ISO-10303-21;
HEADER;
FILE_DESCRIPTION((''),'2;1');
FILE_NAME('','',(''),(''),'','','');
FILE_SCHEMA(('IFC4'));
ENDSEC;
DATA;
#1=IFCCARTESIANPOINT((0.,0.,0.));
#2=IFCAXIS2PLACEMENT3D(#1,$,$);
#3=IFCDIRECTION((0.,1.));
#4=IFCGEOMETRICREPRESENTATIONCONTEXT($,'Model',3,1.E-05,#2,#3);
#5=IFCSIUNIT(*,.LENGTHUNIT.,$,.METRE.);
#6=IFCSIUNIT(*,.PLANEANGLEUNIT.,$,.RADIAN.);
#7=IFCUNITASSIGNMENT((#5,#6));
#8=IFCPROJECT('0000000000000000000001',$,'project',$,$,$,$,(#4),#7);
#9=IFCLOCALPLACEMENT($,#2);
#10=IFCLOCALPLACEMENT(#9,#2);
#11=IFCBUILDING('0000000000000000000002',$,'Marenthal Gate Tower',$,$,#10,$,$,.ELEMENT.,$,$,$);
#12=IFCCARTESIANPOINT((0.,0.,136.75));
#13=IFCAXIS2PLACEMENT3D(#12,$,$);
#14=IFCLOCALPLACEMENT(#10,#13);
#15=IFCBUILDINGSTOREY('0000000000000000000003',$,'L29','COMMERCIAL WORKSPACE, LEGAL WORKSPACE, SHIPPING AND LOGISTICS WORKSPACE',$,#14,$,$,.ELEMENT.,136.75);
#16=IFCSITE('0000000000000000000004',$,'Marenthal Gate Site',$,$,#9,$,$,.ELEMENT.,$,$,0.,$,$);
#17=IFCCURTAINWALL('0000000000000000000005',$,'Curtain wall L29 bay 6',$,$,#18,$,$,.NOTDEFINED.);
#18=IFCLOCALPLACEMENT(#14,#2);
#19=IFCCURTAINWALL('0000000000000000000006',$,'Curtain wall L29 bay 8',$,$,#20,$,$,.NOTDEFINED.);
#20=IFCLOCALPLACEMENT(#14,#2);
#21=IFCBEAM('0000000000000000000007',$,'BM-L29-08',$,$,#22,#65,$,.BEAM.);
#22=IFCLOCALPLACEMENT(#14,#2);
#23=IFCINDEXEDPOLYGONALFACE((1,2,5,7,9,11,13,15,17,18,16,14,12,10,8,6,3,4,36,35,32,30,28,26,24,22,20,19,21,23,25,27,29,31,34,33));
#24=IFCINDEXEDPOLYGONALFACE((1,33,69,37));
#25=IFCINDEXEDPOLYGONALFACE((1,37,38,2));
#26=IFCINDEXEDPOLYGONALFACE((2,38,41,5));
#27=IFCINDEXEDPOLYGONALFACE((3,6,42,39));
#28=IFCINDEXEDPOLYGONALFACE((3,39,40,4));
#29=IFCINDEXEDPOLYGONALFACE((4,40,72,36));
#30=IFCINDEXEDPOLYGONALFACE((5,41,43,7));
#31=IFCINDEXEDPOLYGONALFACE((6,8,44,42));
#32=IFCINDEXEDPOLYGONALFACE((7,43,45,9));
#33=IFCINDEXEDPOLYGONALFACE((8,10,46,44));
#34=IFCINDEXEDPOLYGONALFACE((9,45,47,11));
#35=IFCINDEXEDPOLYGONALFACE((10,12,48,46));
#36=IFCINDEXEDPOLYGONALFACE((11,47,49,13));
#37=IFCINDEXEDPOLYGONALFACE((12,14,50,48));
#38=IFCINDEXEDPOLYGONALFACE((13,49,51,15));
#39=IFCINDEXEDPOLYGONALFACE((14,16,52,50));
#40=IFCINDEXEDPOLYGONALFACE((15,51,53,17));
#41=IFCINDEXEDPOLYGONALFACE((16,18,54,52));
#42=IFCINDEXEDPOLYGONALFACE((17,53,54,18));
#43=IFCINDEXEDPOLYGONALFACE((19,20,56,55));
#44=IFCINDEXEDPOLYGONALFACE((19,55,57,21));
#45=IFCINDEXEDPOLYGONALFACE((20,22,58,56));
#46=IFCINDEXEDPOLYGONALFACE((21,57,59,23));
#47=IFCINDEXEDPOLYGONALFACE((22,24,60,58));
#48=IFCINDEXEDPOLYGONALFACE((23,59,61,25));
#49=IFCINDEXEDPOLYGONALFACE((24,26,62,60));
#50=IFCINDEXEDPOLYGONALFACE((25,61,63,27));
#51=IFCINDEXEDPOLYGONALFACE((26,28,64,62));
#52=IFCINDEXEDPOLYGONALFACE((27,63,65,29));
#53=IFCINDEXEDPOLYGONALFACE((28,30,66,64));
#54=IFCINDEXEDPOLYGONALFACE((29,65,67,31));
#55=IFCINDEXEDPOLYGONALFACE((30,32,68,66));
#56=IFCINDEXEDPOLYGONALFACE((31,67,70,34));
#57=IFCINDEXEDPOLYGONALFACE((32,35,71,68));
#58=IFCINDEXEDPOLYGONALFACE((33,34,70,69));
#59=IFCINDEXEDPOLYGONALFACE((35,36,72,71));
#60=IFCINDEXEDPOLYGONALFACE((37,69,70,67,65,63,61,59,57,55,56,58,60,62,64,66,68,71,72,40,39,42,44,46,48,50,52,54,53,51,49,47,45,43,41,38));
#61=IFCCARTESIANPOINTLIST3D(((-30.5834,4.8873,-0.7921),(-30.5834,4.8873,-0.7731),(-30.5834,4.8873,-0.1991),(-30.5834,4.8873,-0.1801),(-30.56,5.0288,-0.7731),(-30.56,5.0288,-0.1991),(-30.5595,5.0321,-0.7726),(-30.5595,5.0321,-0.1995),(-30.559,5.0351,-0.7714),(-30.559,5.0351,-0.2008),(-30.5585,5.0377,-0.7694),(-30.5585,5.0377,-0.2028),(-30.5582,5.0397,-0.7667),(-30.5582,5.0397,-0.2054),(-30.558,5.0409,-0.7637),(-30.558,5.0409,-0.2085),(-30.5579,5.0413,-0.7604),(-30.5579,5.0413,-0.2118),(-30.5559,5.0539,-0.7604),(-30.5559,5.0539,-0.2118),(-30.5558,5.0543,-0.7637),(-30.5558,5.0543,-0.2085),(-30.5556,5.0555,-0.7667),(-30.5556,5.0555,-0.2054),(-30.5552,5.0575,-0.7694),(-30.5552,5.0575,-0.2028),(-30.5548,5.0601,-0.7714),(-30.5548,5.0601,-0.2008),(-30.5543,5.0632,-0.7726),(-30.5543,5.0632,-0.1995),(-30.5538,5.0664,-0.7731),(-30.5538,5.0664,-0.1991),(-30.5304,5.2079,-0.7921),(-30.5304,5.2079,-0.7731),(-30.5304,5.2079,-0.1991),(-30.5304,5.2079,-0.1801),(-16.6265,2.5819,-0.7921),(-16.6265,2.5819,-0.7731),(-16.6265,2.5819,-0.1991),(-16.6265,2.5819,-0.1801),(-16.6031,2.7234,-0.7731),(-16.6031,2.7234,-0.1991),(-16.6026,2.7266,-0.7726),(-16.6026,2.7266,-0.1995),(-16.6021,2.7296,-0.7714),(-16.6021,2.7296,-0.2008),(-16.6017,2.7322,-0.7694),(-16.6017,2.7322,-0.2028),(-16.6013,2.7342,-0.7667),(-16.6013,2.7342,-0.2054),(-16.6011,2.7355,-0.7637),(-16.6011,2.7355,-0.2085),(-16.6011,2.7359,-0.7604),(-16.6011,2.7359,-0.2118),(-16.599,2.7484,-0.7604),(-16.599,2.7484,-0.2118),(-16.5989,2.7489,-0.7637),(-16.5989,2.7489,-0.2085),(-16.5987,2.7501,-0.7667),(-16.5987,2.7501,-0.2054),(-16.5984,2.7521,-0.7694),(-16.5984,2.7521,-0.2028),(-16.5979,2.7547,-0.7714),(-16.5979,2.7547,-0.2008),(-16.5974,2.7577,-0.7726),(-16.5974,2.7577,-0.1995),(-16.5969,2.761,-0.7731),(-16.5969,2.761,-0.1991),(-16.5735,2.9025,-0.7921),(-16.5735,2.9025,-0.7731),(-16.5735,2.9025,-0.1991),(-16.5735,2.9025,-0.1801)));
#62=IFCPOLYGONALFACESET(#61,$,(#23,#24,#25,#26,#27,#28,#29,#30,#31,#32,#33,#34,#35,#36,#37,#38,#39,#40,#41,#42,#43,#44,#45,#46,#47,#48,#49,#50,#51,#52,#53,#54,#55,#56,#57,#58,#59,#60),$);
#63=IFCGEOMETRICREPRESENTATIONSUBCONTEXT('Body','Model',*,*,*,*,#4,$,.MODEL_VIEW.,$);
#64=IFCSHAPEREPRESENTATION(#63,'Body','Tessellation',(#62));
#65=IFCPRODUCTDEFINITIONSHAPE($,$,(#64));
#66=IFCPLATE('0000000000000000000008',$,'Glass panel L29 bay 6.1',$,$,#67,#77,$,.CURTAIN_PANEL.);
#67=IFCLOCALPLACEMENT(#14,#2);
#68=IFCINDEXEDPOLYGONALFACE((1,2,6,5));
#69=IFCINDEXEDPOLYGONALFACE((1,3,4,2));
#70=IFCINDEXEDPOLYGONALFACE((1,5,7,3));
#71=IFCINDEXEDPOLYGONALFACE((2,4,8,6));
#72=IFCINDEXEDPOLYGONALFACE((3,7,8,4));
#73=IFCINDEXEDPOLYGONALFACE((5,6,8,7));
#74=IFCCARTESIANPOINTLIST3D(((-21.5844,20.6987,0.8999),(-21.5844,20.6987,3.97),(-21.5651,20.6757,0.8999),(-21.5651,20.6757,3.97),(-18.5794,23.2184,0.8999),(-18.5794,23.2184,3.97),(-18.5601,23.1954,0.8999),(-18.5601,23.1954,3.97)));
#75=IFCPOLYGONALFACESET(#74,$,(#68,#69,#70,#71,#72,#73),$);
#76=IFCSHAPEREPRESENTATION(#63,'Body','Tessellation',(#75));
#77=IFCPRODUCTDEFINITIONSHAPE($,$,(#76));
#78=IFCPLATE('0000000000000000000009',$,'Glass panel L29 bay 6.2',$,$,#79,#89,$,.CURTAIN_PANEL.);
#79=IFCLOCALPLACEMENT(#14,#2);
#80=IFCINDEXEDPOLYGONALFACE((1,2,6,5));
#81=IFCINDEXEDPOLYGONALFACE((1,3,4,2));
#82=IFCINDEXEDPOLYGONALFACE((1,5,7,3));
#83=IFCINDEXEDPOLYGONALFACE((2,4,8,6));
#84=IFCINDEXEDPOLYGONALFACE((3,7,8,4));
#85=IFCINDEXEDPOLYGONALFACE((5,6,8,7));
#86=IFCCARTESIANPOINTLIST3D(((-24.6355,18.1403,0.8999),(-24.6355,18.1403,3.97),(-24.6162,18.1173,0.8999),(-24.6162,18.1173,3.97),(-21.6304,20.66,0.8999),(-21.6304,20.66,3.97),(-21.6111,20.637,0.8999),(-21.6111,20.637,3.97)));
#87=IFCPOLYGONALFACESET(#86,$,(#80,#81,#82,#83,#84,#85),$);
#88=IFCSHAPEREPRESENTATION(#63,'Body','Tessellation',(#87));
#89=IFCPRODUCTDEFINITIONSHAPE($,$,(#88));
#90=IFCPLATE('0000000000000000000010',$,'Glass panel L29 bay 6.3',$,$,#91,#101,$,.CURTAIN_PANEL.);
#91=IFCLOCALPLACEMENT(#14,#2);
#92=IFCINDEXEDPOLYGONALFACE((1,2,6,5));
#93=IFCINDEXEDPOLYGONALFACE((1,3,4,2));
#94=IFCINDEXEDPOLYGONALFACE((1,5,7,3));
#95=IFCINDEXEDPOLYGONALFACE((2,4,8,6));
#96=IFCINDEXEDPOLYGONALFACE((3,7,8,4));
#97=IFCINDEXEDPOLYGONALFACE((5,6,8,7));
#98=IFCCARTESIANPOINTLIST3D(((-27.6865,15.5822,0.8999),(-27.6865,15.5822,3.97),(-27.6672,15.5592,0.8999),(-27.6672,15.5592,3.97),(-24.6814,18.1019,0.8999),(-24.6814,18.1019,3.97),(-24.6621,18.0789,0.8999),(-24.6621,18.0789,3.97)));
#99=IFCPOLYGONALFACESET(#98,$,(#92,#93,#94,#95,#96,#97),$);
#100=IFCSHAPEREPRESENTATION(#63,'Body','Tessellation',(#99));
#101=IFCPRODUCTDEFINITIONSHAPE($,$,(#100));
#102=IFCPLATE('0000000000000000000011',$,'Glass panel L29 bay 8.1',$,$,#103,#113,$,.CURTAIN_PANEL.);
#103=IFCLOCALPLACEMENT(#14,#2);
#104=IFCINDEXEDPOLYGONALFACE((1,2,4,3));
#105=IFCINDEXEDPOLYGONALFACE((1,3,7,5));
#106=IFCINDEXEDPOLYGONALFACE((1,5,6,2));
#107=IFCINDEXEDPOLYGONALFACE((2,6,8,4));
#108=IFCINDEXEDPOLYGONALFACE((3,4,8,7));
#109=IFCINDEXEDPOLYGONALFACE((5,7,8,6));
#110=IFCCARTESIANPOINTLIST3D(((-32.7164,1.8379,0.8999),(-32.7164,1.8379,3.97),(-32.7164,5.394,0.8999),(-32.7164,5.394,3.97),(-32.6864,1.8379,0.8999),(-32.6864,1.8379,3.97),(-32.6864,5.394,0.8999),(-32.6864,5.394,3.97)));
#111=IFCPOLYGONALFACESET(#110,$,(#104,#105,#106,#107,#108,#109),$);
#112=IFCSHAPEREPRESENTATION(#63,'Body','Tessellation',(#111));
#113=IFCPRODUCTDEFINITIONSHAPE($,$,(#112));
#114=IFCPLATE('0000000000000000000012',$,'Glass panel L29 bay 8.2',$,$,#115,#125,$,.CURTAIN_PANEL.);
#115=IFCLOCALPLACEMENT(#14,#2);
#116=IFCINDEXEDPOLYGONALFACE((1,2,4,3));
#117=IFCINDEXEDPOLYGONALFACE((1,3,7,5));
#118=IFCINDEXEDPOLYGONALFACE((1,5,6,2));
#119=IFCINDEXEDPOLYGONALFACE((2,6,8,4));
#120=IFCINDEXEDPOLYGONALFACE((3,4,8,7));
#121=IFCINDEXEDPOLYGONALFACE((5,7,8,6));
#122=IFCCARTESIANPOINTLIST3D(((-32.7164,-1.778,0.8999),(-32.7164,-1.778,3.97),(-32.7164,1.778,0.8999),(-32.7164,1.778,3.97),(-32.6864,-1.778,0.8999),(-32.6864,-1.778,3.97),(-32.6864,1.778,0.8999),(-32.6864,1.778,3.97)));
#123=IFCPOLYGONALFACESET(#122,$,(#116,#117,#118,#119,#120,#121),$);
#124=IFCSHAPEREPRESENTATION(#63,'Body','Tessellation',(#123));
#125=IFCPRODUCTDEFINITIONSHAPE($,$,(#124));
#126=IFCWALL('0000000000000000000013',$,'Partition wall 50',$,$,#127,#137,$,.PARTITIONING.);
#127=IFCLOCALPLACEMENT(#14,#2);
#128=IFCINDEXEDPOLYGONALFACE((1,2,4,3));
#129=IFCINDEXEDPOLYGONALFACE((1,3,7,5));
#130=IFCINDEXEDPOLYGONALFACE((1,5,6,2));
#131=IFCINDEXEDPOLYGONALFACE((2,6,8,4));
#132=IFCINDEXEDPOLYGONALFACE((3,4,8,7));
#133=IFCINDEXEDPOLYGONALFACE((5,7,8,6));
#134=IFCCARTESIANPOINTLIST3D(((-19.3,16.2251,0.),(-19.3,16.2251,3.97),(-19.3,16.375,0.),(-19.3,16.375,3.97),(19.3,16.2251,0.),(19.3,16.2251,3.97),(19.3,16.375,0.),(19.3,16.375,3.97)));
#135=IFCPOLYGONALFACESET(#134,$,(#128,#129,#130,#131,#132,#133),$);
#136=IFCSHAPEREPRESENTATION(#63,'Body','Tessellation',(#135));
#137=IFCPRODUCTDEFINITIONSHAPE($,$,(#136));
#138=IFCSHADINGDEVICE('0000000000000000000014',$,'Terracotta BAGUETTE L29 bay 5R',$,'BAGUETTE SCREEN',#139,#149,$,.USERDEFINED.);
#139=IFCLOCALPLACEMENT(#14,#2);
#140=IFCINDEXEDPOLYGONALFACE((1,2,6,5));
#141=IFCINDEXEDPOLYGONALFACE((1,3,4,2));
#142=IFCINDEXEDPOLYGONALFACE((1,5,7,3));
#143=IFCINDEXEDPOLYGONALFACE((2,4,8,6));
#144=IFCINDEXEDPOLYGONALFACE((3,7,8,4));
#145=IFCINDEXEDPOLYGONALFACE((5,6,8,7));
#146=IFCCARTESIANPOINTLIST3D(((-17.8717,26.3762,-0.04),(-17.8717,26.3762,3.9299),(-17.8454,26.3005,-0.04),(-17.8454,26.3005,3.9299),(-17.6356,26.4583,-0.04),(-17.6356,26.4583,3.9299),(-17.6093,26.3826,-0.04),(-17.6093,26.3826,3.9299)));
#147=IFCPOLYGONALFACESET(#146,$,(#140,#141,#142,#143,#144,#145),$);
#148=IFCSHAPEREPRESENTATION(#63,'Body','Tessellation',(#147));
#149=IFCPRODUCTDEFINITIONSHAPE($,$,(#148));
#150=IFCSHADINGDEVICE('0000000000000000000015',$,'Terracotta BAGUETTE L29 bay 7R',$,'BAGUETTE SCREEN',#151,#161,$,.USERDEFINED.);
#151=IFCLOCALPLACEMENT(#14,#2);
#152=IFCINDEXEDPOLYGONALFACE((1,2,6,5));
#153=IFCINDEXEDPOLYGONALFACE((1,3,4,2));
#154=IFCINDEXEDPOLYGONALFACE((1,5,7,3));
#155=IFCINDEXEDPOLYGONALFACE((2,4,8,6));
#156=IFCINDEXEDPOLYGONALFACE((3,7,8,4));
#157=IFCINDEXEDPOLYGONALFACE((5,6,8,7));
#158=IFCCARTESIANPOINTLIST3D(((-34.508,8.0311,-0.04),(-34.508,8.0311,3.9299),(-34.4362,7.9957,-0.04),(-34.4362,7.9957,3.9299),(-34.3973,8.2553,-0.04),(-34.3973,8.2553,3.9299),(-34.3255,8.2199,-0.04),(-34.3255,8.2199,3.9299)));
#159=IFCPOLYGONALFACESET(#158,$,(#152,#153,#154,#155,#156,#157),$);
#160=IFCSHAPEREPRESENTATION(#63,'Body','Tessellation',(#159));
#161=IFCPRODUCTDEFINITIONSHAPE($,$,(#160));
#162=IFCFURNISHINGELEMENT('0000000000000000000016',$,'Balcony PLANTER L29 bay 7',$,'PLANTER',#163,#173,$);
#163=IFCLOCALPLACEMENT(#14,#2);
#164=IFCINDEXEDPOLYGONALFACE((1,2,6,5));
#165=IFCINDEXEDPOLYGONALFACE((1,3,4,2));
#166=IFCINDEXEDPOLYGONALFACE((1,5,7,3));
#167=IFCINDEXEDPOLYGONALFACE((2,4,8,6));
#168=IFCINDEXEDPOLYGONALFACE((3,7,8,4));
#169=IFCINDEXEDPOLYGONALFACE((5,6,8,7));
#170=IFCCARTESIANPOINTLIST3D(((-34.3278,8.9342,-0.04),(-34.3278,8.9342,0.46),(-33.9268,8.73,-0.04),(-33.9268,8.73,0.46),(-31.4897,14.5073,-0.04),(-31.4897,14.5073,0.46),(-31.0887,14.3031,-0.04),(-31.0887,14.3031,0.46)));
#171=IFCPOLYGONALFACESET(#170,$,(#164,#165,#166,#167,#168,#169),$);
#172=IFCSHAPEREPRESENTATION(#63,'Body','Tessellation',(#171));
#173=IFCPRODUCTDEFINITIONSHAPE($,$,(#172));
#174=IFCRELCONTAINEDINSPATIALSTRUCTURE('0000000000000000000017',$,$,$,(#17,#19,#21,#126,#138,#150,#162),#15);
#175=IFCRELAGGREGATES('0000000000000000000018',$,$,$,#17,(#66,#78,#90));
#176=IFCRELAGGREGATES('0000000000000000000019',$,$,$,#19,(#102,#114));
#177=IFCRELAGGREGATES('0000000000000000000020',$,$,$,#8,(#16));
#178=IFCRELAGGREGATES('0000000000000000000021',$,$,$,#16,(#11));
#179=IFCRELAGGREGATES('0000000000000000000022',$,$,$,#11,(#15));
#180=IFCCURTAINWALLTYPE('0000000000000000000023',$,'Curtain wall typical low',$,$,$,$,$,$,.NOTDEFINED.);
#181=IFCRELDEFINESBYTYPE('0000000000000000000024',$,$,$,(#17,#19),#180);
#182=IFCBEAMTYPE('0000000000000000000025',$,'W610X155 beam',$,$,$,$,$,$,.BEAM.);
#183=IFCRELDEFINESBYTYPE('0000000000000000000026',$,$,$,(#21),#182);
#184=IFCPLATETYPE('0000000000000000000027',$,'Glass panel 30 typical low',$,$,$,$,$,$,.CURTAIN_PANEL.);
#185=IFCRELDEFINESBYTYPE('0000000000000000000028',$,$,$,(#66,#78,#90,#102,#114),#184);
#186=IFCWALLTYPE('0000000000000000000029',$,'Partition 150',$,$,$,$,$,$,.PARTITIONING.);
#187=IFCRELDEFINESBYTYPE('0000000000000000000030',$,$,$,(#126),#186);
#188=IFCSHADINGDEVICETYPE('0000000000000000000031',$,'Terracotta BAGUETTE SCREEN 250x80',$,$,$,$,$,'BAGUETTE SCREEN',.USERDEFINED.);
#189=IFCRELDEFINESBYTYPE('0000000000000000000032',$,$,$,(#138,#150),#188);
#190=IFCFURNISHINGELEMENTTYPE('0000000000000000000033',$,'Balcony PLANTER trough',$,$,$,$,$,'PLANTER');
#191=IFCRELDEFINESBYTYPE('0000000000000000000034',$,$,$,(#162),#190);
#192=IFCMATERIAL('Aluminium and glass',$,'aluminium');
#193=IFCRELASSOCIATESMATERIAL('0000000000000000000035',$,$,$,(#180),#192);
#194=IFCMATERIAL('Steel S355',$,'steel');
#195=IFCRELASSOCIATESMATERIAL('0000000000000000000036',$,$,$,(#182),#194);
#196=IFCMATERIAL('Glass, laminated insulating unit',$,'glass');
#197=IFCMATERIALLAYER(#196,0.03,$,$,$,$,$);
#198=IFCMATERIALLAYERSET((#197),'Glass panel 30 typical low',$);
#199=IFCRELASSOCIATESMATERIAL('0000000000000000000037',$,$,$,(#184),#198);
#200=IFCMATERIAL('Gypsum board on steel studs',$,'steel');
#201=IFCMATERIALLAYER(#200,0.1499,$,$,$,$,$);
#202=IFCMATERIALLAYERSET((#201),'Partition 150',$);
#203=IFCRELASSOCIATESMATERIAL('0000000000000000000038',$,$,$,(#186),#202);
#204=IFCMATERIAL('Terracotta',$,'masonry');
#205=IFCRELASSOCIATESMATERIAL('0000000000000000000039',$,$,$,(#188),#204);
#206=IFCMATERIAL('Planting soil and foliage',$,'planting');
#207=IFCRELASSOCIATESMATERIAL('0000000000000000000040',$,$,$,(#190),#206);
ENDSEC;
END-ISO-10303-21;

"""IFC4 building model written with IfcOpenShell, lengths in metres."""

from ifc_helpers import new_model, si_unit, direction, frame, frame_2d, origin, origin_2d, place, context, subcontext, project, spatial, rectangle, i_section, extrude, material, layer, layer_set, material_profile, profile_set, type_object, element, aggregate, save


model = new_model("IFC4")

# Units and contexts
model_context = context("Model", 3, precision=1e-05, world=origin(), true_north=direction((0.0, 1.0)))
body_context = subcontext(model_context, "Body", "Model", "MODEL_VIEW")
ifc_project = project(units=[si_unit("LENGTHUNIT", "METRE"), si_unit("PLANEANGLEUNIT", "RADIAN")], contexts=[model_context])

# Site, building, storey
site_placement = place(None, origin())
site = spatial("IfcSite", under=ifc_project, at=site_placement, Name="Marenthal Gate Site", CompositionType="ELEMENT", RefElevation=0.0)
building_placement = place(site_placement, origin())
building = spatial("IfcBuilding", under=site, at=building_placement, Name="Marenthal Gate Tower", CompositionType="ELEMENT")
storey_placement = place(building_placement, frame((0.0, 0.0, 136.75)))
storey = spatial("IfcBuildingStorey", under=building, at=storey_placement, Name="L29", Description="COMMERCIAL WORKSPACE, LEGAL WORKSPACE, SHIPPING AND LOGISTICS WORKSPACE", CompositionType="ELEMENT", Elevation=136.75)

# Curtain walls
ifc_material_1 = material(Name="Aluminium and glass", Category="aluminium")
curtain_wall_type = type_object("IfcCurtainWallType", Name="Curtain wall typical low", PredefinedType="NOTDEFINED", material=ifc_material_1)
curtain_wall_1_placement = place(storey_placement, origin())
curtain_wall_1 = element("IfcCurtainWall", 1, at=curtain_wall_1_placement, inside=storey, type_object=curtain_wall_type, Name="Curtain wall L29 bay 6", PredefinedType="NOTDEFINED")
curtain_wall_2_placement = place(storey_placement, origin())
curtain_wall_2 = element("IfcCurtainWall", 2, at=curtain_wall_2_placement, inside=storey, type_object=curtain_wall_type, Name="Curtain wall L29 bay 8", PredefinedType="NOTDEFINED")

# Beam
ifc_material_2 = material(Name="Steel S355", Category="steel")
ifc_material_profile_1 = material_profile(ifc_material_2, i_section(OverallWidth=0.325, OverallDepth=0.6121, WebThickness=0.0127, FlangeThickness=0.019, FilletRadius=0.0127, at=origin_2d()), Name="W610X155")
ifc_profile_set_1 = profile_set([ifc_material_profile_1], Name="Steel S355")
beam_type_1 = type_object("IfcBeamType", Name="W610X155 beam", PredefinedType="BEAM", material=ifc_profile_set_1)
beam_1_placement = place(storey_placement, frame((-30.5569, 5.0476, -0.4861), z_axis=(0.98663, -0.162974, 0.0), x_axis=(0.162974, 0.98663, 0.0)))
element("IfcBeam", 3, at=beam_1_placement, inside=storey, type_object=beam_type_1, Name="BM-L29-08", PredefinedType="BEAM", context=body_context, shape_type="SweptSolid", body=[
    extrude(i_section(OverallWidth=0.325, OverallDepth=0.6121, WebThickness=0.0127, FlangeThickness=0.019, FilletRadius=0.0127, at=origin_2d()), origin(), (0.0, 0.0, 1.0), 14.146),
])

# Plates
ifc_material_3 = material(Name="Glass, laminated insulating unit", Category="glass")
ifc_layer_1 = layer(ifc_material_3, 0.03)
ifc_layer_set_1 = layer_set([ifc_layer_1], Name="Glass panel 30 typical low")
plate_type = type_object("IfcPlateType", Name="Glass panel 30 typical low", PredefinedType="CURTAIN_PANEL", material=ifc_layer_set_1)
plate_1_placement = place(storey_placement, frame((-20.0723, 21.947, 0.8999), z_axis=(0.0, 0.0, 1.0), x_axis=(-0.766277, -0.642511, 0.0)))
plate_1 = element("IfcPlate", 4, at=plate_1_placement, type_object=plate_type, Name="Glass panel L29 bay 6.1", PredefinedType="CURTAIN_PANEL", context=body_context, shape_type="SweptSolid", body=[
    extrude(rectangle(XDim=3.9216, YDim=0.03, at=origin_2d()), origin(), (0.0, 0.0, 1.0), 3.0701),
])
plate_2_placement = place(storey_placement, frame((-23.1233, 19.3887, 0.8999), z_axis=(0.0, 0.0, 1.0), x_axis=(-0.766277, -0.642511, 0.0)))
plate_2 = element("IfcPlate", 5, at=plate_2_placement, type_object=plate_type, Name="Glass panel L29 bay 6.2", PredefinedType="CURTAIN_PANEL", context=body_context, shape_type="SweptSolid", body=[
    extrude(rectangle(XDim=3.9216, YDim=0.03, at=origin_2d()), origin(), (0.0, 0.0, 1.0), 3.0701),
])
plate_3_placement = place(storey_placement, frame((-26.1743, 16.8306, 0.8999), z_axis=(0.0, 0.0, 1.0), x_axis=(-0.766277, -0.642511, 0.0)))
plate_3 = element("IfcPlate", 6, at=plate_3_placement, type_object=plate_type, Name="Glass panel L29 bay 6.3", PredefinedType="CURTAIN_PANEL", context=body_context, shape_type="SweptSolid", body=[
    extrude(rectangle(XDim=3.9216, YDim=0.03, at=origin_2d()), origin(), (0.0, 0.0, 1.0), 3.0701),
])
aggregate(curtain_wall_1, [plate_1, plate_2, plate_3])
plate_4_placement = place(storey_placement, frame((-32.7014, 3.616, 0.8999), z_axis=(0.0, 0.0, 1.0), x_axis=(0.0, -1.0, 0.0)))
plate_4 = element("IfcPlate", 7, at=plate_4_placement, type_object=plate_type, Name="Glass panel L29 bay 8.1", PredefinedType="CURTAIN_PANEL", context=body_context, shape_type="SweptSolid", body=[
    extrude(rectangle(XDim=3.5562, YDim=0.03, at=origin_2d()), origin(), (0.0, 0.0, 1.0), 3.0701),
])
plate_5_placement = place(storey_placement, frame((-32.7014, 0.0, 0.8999), z_axis=(0.0, 0.0, 1.0), x_axis=(0.0, -1.0, 0.0)))
plate_5 = element("IfcPlate", 8, at=plate_5_placement, type_object=plate_type, Name="Glass panel L29 bay 8.2", PredefinedType="CURTAIN_PANEL", context=body_context, shape_type="SweptSolid", body=[
    extrude(rectangle(XDim=3.5559, YDim=0.03, at=origin_2d()), origin(), (0.0, 0.0, 1.0), 3.0701),
])
aggregate(curtain_wall_2, [plate_4, plate_5])

# Wall
ifc_material_4 = material(Name="Gypsum board on steel studs", Category="steel")
ifc_layer_2 = layer(ifc_material_4, 0.1499)
ifc_layer_set_2 = layer_set([ifc_layer_2], Name="Partition 150")
wall_type_1 = type_object("IfcWallType", Name="Partition 150", PredefinedType="PARTITIONING", material=ifc_layer_set_2)
wall_1_placement = place(storey_placement, frame((-19.3, 16.3, 0.0), z_axis=(0.0, 0.0, 1.0), x_axis=(1.0, 0.0, 0.0)))
element("IfcWall", 9, at=wall_1_placement, inside=storey, type_object=wall_type_1, Name="Partition wall 50", PredefinedType="PARTITIONING", context=body_context, shape_type="SweptSolid", body=[
    extrude(rectangle(XDim=38.6001, YDim=0.1499, at=frame_2d((19.3, 0.0))), origin(), (0.0, 0.0, 1.0), 3.97),
])

# Shading devices
ifc_material_5 = material(Name="Terracotta", Category="masonry")
ifc_material_profile_2 = material_profile(ifc_material_5, rectangle(XDim=0.25, YDim=0.0801, at=origin_2d()), Name="Terracotta baguette 250x80")
ifc_profile_set_2 = profile_set([ifc_material_profile_2], Name="Terracotta")
shading_device_type = type_object("IfcShadingDeviceType", Name="Terracotta BAGUETTE SCREEN 250x80", ElementType="BAGUETTE SCREEN", PredefinedType="USERDEFINED", material=ifc_profile_set_2)
for number, where, z_axis, x_axis, name in (
    (10, (-17.7405, 26.3794, -0.04), (0.0, 0.0, 1.0), (-0.944552, -0.328363, 0.0), "Terracotta BAGUETTE L29 bay 5R"),
    (11, (-34.4167, 8.1255, -0.04), (0.0, 0.0, 1.0), (-0.442572, -0.896733, 0.0), "Terracotta BAGUETTE L29 bay 7R"),
):
    element("IfcShadingDevice", number, at=place(storey_placement, frame(where, z_axis=z_axis, x_axis=x_axis)), inside=storey, type_object=shading_device_type, Name=name, ObjectType="BAGUETTE SCREEN", PredefinedType="USERDEFINED", context=body_context, shape_type="SweptSolid", body=[
        extrude(rectangle(XDim=0.25, YDim=0.0801, at=origin_2d()), origin(), (0.0, 0.0, 1.0), 3.97),
    ])

# Furnishing element
ifc_material_6 = material(Name="Planting soil and foliage", Category="planting")
furnishing_element_type = type_object("IfcFurnishingElementType", Name="Balcony PLANTER trough", ElementType="PLANTER", material=ifc_material_6)
furnishing_placement = place(storey_placement, frame((-32.7083, 11.6187, -0.04), z_axis=(0.0, 0.0, 1.0), x_axis=(-0.453791, -0.891108, 0.0)))
element("IfcFurnishingElement", 12, at=furnishing_placement, inside=storey, type_object=furnishing_element_type, Name="Balcony PLANTER L29 bay 7", ObjectType="PLANTER", context=body_context, shape_type="SweptSolid", body=[
    extrude(rectangle(XDim=6.2542, YDim=0.45, at=origin_2d()), origin(), (0.0, 0.0, 1.0), 0.5),
])

save(model, "model.ifc")
